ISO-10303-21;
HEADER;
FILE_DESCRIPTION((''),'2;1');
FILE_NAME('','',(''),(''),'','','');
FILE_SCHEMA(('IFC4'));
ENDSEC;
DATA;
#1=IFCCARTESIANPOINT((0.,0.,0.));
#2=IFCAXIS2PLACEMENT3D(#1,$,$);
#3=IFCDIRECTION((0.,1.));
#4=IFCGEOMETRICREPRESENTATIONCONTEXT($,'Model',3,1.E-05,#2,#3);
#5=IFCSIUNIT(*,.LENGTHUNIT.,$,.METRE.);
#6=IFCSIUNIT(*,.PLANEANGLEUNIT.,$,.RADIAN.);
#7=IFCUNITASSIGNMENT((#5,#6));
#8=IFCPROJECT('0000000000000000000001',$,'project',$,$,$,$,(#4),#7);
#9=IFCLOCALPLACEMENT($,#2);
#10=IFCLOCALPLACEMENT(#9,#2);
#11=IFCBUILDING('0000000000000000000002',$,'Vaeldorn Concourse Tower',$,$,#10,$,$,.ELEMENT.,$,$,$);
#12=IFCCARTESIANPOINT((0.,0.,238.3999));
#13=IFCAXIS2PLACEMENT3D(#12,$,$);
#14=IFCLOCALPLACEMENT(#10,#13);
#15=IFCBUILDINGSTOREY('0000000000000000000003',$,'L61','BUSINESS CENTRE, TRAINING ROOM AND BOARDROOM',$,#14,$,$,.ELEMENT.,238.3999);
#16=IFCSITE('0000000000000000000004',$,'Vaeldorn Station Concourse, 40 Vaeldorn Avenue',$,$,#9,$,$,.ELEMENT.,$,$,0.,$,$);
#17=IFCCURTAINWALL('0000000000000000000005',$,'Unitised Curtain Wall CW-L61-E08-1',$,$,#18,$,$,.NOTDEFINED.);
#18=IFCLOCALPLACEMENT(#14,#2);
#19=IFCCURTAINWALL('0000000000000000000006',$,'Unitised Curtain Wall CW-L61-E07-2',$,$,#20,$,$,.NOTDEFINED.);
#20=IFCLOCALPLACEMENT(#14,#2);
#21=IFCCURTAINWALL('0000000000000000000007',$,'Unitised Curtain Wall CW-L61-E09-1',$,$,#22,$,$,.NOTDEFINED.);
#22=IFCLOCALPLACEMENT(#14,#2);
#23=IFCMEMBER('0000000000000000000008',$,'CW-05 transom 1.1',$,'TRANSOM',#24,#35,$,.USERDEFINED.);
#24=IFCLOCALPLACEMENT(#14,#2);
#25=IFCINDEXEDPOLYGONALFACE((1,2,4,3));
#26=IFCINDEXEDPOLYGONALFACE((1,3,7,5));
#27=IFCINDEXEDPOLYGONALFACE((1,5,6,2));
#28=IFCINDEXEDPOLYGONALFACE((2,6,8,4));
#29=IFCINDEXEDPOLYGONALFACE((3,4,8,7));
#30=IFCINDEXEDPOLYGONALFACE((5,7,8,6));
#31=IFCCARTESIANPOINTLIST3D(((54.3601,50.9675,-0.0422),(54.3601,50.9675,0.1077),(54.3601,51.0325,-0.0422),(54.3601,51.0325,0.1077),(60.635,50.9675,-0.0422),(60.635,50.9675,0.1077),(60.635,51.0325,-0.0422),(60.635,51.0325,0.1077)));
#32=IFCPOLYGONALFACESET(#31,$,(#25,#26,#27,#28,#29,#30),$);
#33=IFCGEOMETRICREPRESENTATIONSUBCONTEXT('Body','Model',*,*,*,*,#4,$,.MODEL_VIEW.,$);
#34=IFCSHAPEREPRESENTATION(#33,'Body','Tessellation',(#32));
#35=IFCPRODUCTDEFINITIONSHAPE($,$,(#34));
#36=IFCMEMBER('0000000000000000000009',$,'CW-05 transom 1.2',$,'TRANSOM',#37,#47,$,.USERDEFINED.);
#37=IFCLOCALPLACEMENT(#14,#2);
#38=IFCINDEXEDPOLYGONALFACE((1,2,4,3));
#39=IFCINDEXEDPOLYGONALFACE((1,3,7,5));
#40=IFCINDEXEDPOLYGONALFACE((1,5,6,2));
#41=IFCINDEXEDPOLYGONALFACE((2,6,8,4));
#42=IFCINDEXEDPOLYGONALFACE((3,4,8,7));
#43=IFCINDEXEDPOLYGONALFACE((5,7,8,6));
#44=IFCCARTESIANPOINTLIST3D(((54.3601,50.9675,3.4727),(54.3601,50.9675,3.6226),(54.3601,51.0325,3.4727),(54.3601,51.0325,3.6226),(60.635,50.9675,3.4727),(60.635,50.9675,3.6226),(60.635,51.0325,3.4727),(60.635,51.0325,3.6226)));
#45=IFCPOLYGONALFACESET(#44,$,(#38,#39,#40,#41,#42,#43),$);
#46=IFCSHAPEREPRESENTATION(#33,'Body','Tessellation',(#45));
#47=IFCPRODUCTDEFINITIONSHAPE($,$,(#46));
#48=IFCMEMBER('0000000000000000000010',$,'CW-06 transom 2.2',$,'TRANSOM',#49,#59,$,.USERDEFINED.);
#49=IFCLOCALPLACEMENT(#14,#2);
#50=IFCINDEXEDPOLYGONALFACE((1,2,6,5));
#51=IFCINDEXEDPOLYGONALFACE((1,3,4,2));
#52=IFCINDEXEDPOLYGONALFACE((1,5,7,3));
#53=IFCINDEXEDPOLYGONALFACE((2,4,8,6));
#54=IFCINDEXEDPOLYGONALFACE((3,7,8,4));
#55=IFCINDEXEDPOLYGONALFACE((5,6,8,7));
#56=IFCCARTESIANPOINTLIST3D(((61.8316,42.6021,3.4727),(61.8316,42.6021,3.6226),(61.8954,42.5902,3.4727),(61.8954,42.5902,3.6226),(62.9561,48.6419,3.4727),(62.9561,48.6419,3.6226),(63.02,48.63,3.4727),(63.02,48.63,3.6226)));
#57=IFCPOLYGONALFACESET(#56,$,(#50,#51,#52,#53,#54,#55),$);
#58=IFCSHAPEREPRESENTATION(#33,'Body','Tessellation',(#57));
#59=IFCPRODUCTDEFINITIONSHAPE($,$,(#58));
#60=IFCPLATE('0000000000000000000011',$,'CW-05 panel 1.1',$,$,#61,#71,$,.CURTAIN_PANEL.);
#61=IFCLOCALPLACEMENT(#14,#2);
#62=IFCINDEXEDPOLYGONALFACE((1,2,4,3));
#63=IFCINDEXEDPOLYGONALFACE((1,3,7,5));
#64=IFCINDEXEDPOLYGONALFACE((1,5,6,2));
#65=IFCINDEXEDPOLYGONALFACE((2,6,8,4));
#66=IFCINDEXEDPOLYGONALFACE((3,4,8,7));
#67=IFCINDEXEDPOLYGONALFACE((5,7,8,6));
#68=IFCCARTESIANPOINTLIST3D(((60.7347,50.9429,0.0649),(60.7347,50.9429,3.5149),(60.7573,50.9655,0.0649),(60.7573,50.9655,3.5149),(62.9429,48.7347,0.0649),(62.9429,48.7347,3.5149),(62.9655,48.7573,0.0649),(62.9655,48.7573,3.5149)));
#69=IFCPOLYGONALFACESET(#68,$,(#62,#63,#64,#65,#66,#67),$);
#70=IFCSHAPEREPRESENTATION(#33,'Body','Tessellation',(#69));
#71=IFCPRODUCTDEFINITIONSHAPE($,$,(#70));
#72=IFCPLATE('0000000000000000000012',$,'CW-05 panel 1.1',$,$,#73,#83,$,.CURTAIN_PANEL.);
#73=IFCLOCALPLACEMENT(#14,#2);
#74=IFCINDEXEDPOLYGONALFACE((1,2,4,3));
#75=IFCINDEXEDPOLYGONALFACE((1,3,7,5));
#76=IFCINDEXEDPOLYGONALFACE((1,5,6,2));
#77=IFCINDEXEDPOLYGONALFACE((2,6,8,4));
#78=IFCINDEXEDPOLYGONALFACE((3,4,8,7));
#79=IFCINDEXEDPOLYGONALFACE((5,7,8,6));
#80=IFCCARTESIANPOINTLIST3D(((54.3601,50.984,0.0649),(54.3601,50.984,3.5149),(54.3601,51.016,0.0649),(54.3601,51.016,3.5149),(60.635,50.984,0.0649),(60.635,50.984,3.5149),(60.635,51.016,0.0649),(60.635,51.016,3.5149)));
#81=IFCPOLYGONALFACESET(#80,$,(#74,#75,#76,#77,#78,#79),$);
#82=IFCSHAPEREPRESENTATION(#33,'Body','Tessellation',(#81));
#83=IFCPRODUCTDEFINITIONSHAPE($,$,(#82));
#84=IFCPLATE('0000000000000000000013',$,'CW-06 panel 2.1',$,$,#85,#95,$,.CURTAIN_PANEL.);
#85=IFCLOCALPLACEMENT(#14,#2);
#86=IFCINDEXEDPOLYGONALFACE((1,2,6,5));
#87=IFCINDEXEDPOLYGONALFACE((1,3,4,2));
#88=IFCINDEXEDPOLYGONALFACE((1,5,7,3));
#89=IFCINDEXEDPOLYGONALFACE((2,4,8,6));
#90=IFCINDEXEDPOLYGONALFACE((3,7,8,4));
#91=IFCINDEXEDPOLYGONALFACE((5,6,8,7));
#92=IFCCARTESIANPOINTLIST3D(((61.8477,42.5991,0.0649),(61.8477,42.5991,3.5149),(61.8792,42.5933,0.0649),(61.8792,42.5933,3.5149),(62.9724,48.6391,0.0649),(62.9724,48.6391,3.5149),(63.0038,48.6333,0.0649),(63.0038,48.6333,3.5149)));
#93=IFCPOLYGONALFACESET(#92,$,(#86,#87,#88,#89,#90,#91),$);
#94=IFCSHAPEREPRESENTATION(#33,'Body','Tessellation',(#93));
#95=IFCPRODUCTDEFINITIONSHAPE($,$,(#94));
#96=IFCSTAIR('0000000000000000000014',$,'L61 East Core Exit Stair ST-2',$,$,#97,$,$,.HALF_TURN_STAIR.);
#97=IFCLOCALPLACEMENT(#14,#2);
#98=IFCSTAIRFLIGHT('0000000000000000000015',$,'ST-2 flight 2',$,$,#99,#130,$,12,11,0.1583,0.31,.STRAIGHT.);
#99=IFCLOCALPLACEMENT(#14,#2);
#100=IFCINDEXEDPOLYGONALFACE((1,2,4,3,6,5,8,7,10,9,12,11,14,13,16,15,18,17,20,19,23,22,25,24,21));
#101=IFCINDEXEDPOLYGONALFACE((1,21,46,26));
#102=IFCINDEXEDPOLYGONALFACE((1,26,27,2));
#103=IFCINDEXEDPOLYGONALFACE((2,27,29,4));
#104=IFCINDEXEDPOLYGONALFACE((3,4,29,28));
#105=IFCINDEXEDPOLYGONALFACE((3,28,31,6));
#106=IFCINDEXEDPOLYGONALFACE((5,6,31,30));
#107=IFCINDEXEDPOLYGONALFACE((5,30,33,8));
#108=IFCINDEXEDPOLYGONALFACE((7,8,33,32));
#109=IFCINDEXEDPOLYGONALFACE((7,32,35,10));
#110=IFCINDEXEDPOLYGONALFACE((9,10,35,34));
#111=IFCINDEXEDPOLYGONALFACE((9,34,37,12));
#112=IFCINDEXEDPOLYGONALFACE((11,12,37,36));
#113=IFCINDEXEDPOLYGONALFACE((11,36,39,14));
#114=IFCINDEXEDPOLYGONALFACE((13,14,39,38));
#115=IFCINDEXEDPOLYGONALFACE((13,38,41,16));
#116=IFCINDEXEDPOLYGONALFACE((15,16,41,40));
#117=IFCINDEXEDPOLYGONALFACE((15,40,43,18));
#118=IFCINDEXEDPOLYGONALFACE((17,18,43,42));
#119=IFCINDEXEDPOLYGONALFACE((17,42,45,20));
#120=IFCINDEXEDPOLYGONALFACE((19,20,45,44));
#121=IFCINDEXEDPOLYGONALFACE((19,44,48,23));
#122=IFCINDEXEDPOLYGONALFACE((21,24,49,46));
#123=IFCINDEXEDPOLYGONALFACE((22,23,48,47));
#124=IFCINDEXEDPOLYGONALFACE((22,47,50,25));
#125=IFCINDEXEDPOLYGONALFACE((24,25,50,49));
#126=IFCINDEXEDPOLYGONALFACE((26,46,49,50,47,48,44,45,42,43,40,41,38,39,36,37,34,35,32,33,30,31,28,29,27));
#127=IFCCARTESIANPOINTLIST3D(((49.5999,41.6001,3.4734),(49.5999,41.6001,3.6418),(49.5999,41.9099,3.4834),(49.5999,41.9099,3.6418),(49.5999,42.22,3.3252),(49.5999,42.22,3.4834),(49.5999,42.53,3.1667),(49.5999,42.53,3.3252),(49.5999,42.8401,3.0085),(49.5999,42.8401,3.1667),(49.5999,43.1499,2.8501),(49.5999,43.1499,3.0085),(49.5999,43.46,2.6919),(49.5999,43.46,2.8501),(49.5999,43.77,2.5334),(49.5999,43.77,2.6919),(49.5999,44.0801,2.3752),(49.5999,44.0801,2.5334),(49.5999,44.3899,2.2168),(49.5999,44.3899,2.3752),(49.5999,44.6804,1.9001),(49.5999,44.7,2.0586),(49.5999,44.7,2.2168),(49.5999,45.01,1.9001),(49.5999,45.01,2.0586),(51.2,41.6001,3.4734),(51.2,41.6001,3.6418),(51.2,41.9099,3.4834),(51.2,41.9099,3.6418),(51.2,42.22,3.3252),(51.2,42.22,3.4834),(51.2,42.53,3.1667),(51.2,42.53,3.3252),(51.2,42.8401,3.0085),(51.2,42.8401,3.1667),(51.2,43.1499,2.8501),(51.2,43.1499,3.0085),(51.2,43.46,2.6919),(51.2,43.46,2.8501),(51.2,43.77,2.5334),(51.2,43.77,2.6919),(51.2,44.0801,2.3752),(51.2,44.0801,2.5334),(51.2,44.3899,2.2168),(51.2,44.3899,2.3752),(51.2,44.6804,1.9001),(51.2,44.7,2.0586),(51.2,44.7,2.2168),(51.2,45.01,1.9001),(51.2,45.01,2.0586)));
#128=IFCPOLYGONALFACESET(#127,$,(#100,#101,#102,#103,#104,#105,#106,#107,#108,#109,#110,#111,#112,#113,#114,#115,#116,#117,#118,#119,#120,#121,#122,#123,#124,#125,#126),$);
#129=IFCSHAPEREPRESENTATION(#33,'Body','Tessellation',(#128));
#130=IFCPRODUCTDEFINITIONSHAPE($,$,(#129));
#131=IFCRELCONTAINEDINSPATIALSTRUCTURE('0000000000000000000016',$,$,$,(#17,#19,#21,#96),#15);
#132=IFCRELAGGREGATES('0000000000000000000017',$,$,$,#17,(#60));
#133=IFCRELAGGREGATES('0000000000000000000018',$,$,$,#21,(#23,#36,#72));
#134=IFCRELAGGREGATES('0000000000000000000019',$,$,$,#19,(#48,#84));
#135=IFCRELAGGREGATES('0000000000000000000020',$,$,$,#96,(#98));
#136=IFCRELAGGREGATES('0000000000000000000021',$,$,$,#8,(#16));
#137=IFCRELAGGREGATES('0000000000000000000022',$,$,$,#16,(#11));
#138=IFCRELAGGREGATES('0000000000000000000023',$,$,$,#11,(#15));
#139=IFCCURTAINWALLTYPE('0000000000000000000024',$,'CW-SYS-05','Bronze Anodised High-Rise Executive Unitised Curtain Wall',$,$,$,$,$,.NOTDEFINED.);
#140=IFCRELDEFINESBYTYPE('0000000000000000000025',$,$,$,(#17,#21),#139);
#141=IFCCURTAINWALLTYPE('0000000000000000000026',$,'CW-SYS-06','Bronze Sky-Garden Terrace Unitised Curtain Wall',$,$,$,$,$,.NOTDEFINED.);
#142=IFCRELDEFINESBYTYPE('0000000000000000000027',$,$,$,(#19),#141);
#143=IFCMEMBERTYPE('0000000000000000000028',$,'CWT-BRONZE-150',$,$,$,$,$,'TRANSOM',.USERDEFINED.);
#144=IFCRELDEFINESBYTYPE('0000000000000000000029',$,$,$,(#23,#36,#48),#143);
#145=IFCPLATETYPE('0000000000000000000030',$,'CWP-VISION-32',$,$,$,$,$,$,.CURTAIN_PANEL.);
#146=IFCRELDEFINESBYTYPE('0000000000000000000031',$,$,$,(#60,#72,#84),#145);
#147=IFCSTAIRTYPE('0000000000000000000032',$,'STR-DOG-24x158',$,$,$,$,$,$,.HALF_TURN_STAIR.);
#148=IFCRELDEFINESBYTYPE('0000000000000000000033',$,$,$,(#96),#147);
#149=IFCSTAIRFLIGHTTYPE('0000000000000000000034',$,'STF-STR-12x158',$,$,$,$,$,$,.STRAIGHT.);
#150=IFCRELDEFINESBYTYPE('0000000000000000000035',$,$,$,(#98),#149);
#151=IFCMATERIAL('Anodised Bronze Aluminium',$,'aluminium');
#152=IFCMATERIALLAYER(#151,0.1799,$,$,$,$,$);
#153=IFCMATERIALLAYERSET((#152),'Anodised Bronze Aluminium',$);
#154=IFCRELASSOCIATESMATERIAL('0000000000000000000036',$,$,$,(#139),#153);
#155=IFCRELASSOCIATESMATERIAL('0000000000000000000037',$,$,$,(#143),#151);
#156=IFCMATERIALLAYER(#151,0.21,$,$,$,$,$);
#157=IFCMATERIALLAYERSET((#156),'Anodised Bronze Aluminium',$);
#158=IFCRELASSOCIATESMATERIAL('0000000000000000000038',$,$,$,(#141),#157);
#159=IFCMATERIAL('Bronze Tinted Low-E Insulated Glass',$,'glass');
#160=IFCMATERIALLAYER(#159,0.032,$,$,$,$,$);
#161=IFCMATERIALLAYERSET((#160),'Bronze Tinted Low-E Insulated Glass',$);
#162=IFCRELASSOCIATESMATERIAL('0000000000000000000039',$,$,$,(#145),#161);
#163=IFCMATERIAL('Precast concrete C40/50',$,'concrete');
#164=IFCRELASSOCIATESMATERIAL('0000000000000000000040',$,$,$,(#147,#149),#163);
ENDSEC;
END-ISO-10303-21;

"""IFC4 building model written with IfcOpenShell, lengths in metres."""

from ifc_helpers import new_model, si_unit, direction, frame, origin, origin_2d, place, context, subcontext, project, spatial, polyline, rectangle, outline, extrude, source, transform, mapped, material, layer, layer_set, material_profile, profile_set, type_object, element, aggregate, save


model = new_model("IFC4")

# Units and contexts
model_context = context("Model", 3, precision=1e-05, world=origin(), true_north=direction((0.0, 1.0)))
body_context = subcontext(model_context, "Body", "Model", "MODEL_VIEW")
ifc_project = project(units=[si_unit("LENGTHUNIT", "METRE"), si_unit("PLANEANGLEUNIT", "RADIAN")], contexts=[model_context])

# Site, building, storey
site_placement = place(None, origin())
site = spatial("IfcSite", under=ifc_project, at=site_placement, Name="Vaeldorn Station Concourse, 40 Vaeldorn Avenue", CompositionType="ELEMENT", RefElevation=0.0)
building_placement = place(site_placement, origin())
building = spatial("IfcBuilding", under=site, at=building_placement, Name="Vaeldorn Concourse Tower", CompositionType="ELEMENT")
storey_placement = place(building_placement, frame((0.0, 0.0, 238.3999)))
storey = spatial("IfcBuildingStorey", under=building, at=storey_placement, Name="L61", Description="BUSINESS CENTRE, TRAINING ROOM AND BOARDROOM", CompositionType="ELEMENT", Elevation=238.3999)

# Curtain wall
ifc_material_1 = material(Name="Anodised Bronze Aluminium", Category="aluminium")
ifc_layer_1 = layer(ifc_material_1, 0.1799)
ifc_layer_set_1 = layer_set([ifc_layer_1], Name="Anodised Bronze Aluminium")
curtain_wall_type_1 = type_object("IfcCurtainWallType", Name="CW-SYS-05", Description="Bronze Anodised High-Rise Executive Unitised Curtain Wall", PredefinedType="NOTDEFINED", material=ifc_layer_set_1)
curtain_wall_1_placement = place(storey_placement, origin())
curtain_wall_1 = element("IfcCurtainWall", 1, at=curtain_wall_1_placement, inside=storey, type_object=curtain_wall_type_1, Name="Unitised Curtain Wall CW-L61-E08-1", PredefinedType="NOTDEFINED")
ifc_material_profile_1 = material_profile(ifc_material_1, rectangle(XDim=0.0649, YDim=0.1499, at=origin_2d()), Name="CWT 65x150")
ifc_profile_set_1 = profile_set([ifc_material_profile_1], Name="Anodised Bronze Aluminium")
member_type_1 = type_object("IfcMemberType", Name="CWT-BRONZE-150", ElementType="TRANSOM", PredefinedType="USERDEFINED", material=ifc_profile_set_1)

# Curtain wall
ifc_layer_2 = layer(ifc_material_1, 0.21)
ifc_layer_set_2 = layer_set([ifc_layer_2], Name="Anodised Bronze Aluminium")
curtain_wall_type_2 = type_object("IfcCurtainWallType", Name="CW-SYS-06", Description="Bronze Sky-Garden Terrace Unitised Curtain Wall", PredefinedType="NOTDEFINED", material=ifc_layer_set_2)
curtain_wall_2_placement = place(storey_placement, origin())
curtain_wall_2 = element("IfcCurtainWall", 2, at=curtain_wall_2_placement, inside=storey, type_object=curtain_wall_type_2, Name="Unitised Curtain Wall CW-L61-E07-2", PredefinedType="NOTDEFINED")

# Curtain wall, members
curtain_wall_3_placement = place(storey_placement, origin())
curtain_wall_3 = element("IfcCurtainWall", 3, at=curtain_wall_3_placement, inside=storey, type_object=curtain_wall_type_1, Name="Unitised Curtain Wall CW-L61-E09-1", PredefinedType="NOTDEFINED")
shared_shape_1 = source(origin(), body_context, "Body", "SweptSolid", [
    extrude(rectangle(XDim=0.0649, YDim=0.1499, at=origin_2d()), origin(), (0.0, 0.0, 1.0), 6.2749),
])
member_1_placement = place(storey_placement, frame((60.635, 51.0, 0.0327), z_axis=(-1.0, 0.0, 0.0), x_axis=(0.0, -1.0, 0.0)))
member_1 = element("IfcMember", 4, at=member_1_placement, type_object=member_type_1, Name="CW-05 transom 1.1", ObjectType="TRANSOM", PredefinedType="USERDEFINED", context=body_context, shape_type="MappedRepresentation", body=[
    mapped(shared_shape_1, transform((0.0, 0.0, 0.0), scale=1.0)),
])
member_2_placement = place(storey_placement, frame((60.635, 51.0, 3.5476), z_axis=(-1.0, 0.0, 0.0), x_axis=(0.0, -1.0, 0.0)))
member_2 = element("IfcMember", 5, at=member_2_placement, type_object=member_type_1, Name="CW-05 transom 1.2", ObjectType="TRANSOM", PredefinedType="USERDEFINED", context=body_context, shape_type="MappedRepresentation", body=[
    mapped(shared_shape_1, transform((0.0, 0.0, 0.0), scale=1.0)),
])

# Member
shared_shape_2 = source(origin(), body_context, "Body", "SweptSolid", [
    extrude(rectangle(XDim=0.0649, YDim=0.1499, at=origin_2d()), origin(), (0.0, 0.0, 1.0), 6.1436),
])
member_3_placement = place(storey_placement, frame((61.8635, 42.5962, 3.5476), z_axis=(0.183038, 0.983106, 0.0), x_axis=(-0.983106, 0.183038, 0.0)))
member_3 = element("IfcMember", 6, at=member_3_placement, type_object=member_type_1, Name="CW-06 transom 2.2", ObjectType="TRANSOM", PredefinedType="USERDEFINED", context=body_context, shape_type="MappedRepresentation", body=[
    mapped(shared_shape_2, transform((0.0, 0.0, 0.0), scale=1.0)),
])

# Plates
ifc_material_2 = material(Name="Bronze Tinted Low-E Insulated Glass", Category="glass")
ifc_layer_3 = layer(ifc_material_2, 0.032)
ifc_layer_set_3 = layer_set([ifc_layer_3], Name="Bronze Tinted Low-E Insulated Glass")
plate_type = type_object("IfcPlateType", Name="CWP-VISION-32", PredefinedType="CURTAIN_PANEL", material=ifc_layer_set_3)
shared_shape_3 = source(origin(), body_context, "Body", "SweptSolid", [
    extrude(rectangle(XDim=3.1228, YDim=0.032, at=origin_2d()), origin(), (0.0, 0.0, 1.0), 3.45),
])
plate_1_placement = place(storey_placement, frame((61.8501, 49.8501, 0.0649), z_axis=(0.0, 0.0, 1.0), x_axis=(-0.707107, 0.707107, 0.0)))
plate_1 = element("IfcPlate", 7, at=plate_1_placement, type_object=plate_type, Name="CW-05 panel 1.1", PredefinedType="CURTAIN_PANEL", context=body_context, shape_type="MappedRepresentation", body=[
    mapped(shared_shape_3, transform((0.0, 0.0, 0.0), scale=1.0)),
])
aggregate(curtain_wall_1, [plate_1])
shared_shape_4 = source(origin(), body_context, "Body", "SweptSolid", [
    extrude(rectangle(XDim=6.2749, YDim=0.032, at=origin_2d()), origin(), (0.0, 0.0, 1.0), 3.45),
])
plate_2_placement = place(storey_placement, frame((57.4976, 51.0, 0.0649), z_axis=(0.0, 0.0, 1.0), x_axis=(-1.0, 0.0, 0.0)))
plate_2 = element("IfcPlate", 8, at=plate_2_placement, type_object=plate_type, Name="CW-05 panel 1.1", PredefinedType="CURTAIN_PANEL", context=body_context, shape_type="MappedRepresentation", body=[
    mapped(shared_shape_4, transform((0.0, 0.0, 0.0), scale=1.0)),
])
aggregate(curtain_wall_3, [member_1, member_2, plate_2])
shared_shape_5 = source(origin(), body_context, "Body", "SweptSolid", [
    extrude(rectangle(XDim=6.1438, YDim=0.032, at=origin_2d()), origin(), (0.0, 0.0, 1.0), 3.45),
])
plate_3_placement = place(storey_placement, frame((62.4258, 45.6162, 0.0649), z_axis=(0.0, 0.0, 1.0), x_axis=(0.183054, 0.983103, 0.0)))
plate_3 = element("IfcPlate", 9, at=plate_3_placement, type_object=plate_type, Name="CW-06 panel 2.1", PredefinedType="CURTAIN_PANEL", context=body_context, shape_type="MappedRepresentation", body=[
    mapped(shared_shape_5, transform((0.0, 0.0, 0.0), scale=1.0)),
])
aggregate(curtain_wall_2, [member_3, plate_3])

# Stair, stair flight
ifc_material_3 = material(Name="Precast concrete C40/50", Category="concrete")
stair_type = type_object("IfcStairType", Name="STR-DOG-24x158", PredefinedType="HALF_TURN_STAIR", material=ifc_material_3)
stair_placement = place(storey_placement, origin())
stair = element("IfcStair", 10, at=stair_placement, inside=storey, type_object=stair_type, Name="L61 East Core Exit Stair ST-2", PredefinedType="HALF_TURN_STAIR")
stair_flight_type = type_object("IfcStairFlightType", Name="STF-STR-12x158", PredefinedType="STRAIGHT", material=ifc_material_3)
stair_flight_placement = place(storey_placement, frame((50.3999, 45.01, 1.9001), z_axis=(0.0, 0.0, 1.0), x_axis=(0.0, -1.0, 0.0)))
stair_flight = element("IfcStairFlight", 11, at=stair_flight_placement, type_object=stair_flight_type, Name="ST-2 flight 2", NumberOfRisers=12, NumberOfTreads=11, PredefinedType="STRAIGHT", RiserHeight=0.1583, TreadLength=0.31, context=body_context, shape_type="SweptSolid", body=[
    extrude(outline(polyline([(0.0, 0.0), (0.0, 0.1584), (0.3101, 0.1584), (0.3101, 0.3167), (0.6201, 0.3167), (0.6201, 0.4751), (0.9299, 0.4751), (0.9299, 0.6333), (1.24, 0.6333), (1.24, 0.7917), (1.55, 0.7917), (1.55, 0.95), (1.8601, 0.95), (1.8601, 1.1084), (2.1699, 1.1084), (2.1699, 1.2666), (2.48, 1.2666), (2.48, 1.425), (2.79, 1.425), (2.79, 1.5833), (3.1001, 1.5833), (3.1001, 1.7417), (3.4099, 1.7417), (3.4099, 1.8999), (3.4099, 1.5732), (0.3296, 0.0), (0.0, 0.0)])), frame((0.0, 0.8, 0.0), z_axis=(0.0, -1.0, 0.0), x_axis=(1.0, 0.0, 0.0)), (0.0, 0.0, 1.0), 1.6001),
])
aggregate(stair, [stair_flight])

save(model, "model.ifc")
